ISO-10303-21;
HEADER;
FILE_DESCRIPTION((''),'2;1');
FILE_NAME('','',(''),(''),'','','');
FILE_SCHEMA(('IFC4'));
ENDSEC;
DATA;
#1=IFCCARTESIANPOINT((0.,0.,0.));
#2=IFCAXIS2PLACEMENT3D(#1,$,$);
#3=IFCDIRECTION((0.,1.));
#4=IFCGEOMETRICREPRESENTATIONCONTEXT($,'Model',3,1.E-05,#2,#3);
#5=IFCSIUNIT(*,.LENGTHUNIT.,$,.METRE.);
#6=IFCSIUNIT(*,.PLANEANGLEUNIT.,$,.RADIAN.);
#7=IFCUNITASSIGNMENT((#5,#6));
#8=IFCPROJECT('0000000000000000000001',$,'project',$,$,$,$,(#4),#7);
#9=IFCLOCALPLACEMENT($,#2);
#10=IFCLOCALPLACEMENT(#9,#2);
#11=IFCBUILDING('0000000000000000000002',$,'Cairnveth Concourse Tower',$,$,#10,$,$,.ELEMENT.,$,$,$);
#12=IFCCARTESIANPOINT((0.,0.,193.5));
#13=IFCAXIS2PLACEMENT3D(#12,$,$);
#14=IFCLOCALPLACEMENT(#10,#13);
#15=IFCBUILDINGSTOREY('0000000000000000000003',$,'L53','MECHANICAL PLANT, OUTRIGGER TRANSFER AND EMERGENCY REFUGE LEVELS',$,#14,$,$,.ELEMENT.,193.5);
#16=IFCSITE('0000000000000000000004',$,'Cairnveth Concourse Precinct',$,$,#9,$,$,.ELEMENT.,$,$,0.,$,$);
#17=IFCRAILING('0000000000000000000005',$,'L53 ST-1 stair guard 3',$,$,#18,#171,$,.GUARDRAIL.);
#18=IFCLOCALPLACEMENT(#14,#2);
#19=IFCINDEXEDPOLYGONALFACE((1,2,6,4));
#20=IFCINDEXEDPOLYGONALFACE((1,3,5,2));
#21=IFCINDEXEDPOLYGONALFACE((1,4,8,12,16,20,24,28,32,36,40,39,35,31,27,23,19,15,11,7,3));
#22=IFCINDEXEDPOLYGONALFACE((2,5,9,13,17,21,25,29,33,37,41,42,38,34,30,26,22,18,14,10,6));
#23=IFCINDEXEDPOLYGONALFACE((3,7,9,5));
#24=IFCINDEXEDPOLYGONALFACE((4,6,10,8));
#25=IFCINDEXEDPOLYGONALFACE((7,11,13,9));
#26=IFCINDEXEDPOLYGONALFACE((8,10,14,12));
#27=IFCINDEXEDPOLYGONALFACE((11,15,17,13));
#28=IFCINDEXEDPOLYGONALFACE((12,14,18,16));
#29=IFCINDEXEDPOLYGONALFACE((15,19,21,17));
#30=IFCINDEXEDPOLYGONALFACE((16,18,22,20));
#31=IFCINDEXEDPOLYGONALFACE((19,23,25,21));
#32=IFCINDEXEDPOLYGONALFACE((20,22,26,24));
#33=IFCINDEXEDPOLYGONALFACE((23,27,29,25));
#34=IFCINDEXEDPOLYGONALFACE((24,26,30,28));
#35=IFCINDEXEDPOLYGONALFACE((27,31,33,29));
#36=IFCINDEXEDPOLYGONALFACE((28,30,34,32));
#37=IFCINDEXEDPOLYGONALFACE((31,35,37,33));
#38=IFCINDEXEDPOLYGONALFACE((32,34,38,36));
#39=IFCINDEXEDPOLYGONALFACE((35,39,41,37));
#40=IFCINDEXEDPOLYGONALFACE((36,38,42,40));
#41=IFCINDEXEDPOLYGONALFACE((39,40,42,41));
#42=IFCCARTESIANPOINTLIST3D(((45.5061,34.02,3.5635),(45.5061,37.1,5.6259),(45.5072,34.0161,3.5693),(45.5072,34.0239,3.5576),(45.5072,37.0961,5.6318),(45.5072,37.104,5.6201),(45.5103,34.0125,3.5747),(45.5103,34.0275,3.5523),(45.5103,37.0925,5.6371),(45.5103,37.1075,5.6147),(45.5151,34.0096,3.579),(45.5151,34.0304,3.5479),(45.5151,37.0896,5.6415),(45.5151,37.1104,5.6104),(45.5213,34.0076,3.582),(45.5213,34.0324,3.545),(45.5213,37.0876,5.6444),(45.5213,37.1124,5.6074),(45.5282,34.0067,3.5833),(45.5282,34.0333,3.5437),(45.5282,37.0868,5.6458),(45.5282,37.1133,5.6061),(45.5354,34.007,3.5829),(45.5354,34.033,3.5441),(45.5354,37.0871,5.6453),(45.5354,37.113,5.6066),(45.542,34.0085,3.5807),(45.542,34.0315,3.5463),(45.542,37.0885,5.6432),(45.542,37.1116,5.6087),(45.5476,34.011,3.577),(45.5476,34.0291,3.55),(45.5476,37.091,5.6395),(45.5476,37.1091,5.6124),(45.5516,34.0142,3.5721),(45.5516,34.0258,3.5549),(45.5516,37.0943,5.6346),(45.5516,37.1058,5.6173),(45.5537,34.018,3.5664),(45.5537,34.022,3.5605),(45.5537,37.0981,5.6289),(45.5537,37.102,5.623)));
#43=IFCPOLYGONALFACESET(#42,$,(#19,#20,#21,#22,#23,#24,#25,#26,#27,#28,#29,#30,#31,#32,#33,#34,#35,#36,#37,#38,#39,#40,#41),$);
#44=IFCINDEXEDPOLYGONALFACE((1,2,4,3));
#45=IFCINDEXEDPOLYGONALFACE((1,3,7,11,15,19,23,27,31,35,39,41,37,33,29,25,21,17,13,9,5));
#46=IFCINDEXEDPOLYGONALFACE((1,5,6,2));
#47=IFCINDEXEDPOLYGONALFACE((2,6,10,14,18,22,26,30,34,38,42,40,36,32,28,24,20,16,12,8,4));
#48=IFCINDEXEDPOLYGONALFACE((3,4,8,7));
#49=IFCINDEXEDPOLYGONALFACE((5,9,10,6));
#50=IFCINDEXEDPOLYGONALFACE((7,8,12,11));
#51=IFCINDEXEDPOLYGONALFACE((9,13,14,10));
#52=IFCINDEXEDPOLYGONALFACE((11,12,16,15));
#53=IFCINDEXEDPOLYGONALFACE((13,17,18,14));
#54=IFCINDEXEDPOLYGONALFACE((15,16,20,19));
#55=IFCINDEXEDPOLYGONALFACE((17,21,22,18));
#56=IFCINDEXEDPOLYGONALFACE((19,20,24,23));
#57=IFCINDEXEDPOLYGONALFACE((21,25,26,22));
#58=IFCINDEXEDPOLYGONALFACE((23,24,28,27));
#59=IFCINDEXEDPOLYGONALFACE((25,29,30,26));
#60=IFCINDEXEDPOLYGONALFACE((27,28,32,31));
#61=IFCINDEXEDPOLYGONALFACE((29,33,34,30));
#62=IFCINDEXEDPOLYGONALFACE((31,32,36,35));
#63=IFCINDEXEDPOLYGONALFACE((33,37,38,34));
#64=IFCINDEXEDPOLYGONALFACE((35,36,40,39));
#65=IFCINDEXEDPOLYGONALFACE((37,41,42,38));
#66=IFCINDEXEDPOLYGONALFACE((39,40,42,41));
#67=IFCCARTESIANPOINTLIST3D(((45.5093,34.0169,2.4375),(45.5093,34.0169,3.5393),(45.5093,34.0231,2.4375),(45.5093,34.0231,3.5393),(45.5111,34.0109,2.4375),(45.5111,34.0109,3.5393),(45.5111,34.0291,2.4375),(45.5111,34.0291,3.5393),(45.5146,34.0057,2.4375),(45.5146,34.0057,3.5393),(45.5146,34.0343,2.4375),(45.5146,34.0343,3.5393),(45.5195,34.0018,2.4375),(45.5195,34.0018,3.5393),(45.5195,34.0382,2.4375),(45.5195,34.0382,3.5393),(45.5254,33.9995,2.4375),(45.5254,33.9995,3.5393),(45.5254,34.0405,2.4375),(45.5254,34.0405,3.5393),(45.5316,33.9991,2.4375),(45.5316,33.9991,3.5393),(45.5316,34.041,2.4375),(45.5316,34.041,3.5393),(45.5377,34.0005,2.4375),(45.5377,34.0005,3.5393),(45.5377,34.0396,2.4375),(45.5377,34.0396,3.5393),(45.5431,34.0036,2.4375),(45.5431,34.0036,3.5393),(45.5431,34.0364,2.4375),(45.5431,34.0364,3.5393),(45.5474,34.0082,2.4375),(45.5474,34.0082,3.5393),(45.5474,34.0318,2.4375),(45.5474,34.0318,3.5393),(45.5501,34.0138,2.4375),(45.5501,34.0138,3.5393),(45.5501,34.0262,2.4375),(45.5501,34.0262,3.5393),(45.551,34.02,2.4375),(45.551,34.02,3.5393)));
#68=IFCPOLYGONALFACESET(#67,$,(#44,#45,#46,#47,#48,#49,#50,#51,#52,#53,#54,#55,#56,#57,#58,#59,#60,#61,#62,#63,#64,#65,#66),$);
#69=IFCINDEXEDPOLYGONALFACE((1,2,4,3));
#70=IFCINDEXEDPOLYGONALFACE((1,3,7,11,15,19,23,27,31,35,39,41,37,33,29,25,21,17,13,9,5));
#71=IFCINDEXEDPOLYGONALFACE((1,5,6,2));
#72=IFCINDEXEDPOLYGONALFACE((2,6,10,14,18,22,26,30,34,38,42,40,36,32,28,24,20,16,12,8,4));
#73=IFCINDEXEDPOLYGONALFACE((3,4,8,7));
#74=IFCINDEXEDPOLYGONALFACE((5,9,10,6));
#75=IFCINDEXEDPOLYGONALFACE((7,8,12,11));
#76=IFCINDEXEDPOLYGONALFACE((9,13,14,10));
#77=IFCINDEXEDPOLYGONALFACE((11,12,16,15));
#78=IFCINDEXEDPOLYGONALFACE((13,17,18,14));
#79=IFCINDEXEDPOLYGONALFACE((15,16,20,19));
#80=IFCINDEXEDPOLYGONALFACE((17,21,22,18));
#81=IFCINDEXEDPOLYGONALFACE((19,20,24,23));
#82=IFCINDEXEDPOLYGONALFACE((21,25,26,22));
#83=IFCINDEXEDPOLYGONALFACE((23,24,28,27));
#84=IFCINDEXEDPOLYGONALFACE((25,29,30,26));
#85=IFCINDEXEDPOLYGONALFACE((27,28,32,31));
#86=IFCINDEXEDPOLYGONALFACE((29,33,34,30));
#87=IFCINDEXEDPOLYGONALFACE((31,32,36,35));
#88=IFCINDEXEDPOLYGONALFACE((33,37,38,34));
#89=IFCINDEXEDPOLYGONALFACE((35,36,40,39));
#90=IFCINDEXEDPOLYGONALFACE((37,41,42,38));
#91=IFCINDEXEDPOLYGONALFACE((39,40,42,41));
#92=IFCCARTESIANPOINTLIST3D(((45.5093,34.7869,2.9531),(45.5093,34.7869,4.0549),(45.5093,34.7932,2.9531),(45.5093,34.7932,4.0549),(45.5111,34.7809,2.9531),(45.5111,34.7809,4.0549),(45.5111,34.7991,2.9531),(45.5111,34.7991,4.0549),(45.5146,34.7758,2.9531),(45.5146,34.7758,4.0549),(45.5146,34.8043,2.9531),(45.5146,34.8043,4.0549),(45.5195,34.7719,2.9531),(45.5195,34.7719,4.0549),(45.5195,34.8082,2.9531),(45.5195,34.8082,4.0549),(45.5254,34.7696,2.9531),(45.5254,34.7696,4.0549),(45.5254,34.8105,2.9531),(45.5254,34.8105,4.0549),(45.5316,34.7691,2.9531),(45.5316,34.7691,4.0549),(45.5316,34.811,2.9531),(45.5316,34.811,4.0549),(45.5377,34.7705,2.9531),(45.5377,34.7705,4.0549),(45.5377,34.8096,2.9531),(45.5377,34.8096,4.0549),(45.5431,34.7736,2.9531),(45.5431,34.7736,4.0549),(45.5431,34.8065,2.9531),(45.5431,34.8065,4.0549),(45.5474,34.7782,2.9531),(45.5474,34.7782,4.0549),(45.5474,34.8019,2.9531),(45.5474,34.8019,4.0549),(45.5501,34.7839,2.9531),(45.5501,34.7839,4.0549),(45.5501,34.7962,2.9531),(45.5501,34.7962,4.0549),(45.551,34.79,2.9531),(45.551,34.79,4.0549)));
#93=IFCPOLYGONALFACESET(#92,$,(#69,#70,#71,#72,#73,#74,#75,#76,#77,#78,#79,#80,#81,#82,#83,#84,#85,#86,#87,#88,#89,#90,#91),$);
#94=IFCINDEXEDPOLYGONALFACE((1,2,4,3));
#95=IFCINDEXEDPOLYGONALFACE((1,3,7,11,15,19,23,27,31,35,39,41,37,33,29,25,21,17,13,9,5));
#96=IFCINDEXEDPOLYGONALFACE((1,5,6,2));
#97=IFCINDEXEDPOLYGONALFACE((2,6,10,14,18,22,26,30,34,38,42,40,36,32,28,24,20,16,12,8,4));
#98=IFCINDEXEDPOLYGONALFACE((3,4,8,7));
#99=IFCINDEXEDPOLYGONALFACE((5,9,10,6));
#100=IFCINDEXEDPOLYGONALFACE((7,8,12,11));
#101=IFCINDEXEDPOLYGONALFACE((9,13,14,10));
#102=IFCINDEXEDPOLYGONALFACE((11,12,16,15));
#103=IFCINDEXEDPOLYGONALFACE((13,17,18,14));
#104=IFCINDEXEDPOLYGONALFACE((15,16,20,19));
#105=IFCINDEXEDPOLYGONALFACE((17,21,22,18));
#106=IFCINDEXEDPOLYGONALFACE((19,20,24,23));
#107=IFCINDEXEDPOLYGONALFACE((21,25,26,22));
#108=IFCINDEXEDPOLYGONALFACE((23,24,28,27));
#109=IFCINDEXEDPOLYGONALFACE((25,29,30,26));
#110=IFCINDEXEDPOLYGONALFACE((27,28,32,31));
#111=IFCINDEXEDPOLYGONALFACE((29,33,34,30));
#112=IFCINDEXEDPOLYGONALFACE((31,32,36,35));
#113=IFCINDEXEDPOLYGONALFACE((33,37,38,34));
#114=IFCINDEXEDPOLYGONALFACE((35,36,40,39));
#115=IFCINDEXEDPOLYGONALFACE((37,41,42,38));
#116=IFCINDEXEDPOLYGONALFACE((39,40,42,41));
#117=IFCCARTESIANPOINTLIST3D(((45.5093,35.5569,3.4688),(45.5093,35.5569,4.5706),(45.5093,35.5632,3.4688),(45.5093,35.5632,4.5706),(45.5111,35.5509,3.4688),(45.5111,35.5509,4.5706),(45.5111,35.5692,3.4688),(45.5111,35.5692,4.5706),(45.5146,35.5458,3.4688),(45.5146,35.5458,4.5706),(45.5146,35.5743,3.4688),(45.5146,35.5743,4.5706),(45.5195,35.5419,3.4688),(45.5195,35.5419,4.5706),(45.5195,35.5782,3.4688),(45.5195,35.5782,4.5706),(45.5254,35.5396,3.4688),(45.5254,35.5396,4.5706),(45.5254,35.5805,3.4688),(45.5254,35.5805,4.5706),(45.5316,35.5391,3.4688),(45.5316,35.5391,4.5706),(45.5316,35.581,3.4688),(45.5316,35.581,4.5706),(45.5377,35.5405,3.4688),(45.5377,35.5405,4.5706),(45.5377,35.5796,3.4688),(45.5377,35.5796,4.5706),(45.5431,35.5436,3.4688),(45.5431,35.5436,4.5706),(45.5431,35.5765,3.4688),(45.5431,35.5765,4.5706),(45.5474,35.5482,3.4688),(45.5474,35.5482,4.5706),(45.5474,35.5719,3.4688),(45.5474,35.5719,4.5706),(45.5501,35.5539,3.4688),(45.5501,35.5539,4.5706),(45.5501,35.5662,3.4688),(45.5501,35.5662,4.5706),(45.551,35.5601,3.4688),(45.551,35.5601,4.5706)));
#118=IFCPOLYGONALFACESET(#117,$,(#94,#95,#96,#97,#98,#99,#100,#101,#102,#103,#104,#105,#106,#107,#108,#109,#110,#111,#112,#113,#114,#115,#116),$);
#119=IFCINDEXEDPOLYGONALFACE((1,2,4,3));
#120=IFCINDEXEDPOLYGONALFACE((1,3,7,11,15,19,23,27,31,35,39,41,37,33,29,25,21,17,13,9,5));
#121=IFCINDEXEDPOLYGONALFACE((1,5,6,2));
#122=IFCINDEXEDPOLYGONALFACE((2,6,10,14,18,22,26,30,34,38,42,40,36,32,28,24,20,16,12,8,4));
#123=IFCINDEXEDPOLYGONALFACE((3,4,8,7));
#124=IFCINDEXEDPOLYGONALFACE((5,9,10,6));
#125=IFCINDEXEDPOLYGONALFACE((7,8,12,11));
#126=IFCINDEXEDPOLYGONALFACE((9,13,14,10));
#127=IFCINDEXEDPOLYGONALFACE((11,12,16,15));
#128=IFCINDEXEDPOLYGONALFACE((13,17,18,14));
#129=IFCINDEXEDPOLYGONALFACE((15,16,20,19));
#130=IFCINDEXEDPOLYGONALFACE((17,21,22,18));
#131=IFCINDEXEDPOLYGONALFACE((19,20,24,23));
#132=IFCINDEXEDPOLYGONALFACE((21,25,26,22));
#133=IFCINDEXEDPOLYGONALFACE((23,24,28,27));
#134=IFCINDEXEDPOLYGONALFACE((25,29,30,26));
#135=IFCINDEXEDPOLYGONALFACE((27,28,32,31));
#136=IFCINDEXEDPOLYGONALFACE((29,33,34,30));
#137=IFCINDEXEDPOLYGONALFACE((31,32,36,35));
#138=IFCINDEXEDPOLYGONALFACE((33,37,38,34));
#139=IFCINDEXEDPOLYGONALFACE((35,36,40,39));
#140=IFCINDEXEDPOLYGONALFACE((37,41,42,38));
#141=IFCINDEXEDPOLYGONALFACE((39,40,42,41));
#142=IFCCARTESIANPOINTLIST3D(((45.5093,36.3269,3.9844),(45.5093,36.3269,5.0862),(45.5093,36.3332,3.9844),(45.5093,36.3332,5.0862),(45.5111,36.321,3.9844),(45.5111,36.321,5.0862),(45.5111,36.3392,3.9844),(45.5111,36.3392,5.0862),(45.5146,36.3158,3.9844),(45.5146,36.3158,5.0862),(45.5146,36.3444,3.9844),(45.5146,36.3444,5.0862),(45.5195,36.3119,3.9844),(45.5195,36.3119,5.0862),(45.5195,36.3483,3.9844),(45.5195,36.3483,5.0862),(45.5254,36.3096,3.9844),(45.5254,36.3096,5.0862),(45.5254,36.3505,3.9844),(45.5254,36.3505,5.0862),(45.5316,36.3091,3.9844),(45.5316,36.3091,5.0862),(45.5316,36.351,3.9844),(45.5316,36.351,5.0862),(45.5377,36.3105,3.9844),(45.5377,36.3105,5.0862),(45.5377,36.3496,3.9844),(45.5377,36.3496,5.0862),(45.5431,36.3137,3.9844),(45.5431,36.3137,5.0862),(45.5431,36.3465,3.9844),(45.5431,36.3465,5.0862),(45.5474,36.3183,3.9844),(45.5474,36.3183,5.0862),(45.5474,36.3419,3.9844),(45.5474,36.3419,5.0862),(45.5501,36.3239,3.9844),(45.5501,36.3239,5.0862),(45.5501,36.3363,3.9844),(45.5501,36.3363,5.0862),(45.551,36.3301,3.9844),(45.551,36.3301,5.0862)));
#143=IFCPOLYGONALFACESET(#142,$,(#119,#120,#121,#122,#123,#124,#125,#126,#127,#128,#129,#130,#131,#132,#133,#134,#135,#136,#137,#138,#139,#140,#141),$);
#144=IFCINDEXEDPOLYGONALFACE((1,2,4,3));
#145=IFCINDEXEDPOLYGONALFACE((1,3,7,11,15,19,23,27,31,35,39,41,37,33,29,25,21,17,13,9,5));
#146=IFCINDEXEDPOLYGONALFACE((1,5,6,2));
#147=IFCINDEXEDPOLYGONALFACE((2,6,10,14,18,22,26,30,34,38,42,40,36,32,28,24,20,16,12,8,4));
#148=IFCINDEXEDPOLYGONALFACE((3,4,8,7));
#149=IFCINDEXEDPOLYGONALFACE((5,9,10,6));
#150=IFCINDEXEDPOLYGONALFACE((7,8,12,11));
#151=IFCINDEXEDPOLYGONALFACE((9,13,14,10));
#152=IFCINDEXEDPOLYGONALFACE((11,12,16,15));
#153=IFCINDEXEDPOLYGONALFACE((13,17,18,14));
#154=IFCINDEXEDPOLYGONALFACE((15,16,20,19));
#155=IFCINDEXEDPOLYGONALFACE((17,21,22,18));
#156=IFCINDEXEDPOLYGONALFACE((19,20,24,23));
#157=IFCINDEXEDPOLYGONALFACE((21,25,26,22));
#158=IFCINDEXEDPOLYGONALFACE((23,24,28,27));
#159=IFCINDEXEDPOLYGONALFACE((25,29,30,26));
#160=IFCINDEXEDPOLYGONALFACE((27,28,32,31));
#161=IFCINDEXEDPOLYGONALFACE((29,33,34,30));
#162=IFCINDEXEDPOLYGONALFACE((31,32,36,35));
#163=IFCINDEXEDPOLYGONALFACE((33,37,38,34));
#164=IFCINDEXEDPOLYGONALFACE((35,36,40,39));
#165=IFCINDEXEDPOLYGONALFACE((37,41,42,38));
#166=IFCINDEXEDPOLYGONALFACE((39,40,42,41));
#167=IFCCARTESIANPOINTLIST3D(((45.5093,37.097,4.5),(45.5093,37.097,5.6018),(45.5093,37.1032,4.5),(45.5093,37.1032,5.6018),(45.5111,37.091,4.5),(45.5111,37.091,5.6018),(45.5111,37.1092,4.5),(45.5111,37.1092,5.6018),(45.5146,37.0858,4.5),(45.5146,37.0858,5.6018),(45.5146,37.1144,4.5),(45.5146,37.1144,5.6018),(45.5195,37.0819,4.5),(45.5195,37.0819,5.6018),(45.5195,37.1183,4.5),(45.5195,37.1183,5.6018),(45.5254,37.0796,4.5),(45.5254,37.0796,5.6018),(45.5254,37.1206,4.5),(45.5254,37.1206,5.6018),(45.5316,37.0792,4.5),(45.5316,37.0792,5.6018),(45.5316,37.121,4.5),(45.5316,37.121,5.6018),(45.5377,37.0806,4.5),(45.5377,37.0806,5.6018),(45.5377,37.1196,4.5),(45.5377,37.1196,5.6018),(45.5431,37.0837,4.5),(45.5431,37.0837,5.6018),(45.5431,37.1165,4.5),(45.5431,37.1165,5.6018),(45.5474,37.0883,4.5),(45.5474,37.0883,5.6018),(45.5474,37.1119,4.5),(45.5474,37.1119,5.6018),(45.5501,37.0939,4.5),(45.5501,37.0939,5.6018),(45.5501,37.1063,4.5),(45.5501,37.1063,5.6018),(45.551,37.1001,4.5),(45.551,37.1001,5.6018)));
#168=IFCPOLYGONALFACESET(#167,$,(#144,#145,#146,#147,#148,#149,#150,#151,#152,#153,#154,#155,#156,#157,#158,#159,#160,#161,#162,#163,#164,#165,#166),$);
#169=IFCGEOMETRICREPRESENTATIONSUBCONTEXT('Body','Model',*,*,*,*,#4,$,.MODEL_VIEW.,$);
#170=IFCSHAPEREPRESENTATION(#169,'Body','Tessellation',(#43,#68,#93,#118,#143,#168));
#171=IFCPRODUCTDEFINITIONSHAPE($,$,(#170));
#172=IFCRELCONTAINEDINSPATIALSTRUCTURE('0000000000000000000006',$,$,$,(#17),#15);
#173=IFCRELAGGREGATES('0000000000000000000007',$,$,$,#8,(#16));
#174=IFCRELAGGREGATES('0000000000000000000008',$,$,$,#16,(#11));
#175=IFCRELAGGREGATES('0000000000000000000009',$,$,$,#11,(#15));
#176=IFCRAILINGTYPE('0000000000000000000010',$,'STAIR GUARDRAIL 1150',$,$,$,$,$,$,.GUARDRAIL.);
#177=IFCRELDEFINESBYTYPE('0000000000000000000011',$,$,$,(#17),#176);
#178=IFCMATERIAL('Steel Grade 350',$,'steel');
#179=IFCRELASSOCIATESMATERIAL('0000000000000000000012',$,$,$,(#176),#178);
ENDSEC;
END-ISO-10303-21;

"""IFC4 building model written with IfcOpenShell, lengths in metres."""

from ifc_helpers import new_model, si_unit, direction, frame, origin, origin_2d, place, context, subcontext, project, spatial, circle, extrude, material, type_object, element, save


model = new_model("IFC4")

# Units and contexts
model_context = context("Model", 3, precision=1e-05, world=origin(), true_north=direction((0.0, 1.0)))
body_context = subcontext(model_context, "Body", "Model", "MODEL_VIEW")
ifc_project = project(units=[si_unit("LENGTHUNIT", "METRE"), si_unit("PLANEANGLEUNIT", "RADIAN")], contexts=[model_context])

# Site, building, storey
site_placement = place(None, origin())
site = spatial("IfcSite", under=ifc_project, at=site_placement, Name="Cairnveth Concourse Precinct", CompositionType="ELEMENT", RefElevation=0.0)
building_placement = place(site_placement, origin())
building = spatial("IfcBuilding", under=site, at=building_placement, Name="Cairnveth Concourse Tower", CompositionType="ELEMENT")
storey_placement = place(building_placement, frame((0.0, 0.0, 193.5)))
storey = spatial("IfcBuildingStorey", under=building, at=storey_placement, Name="L53", Description="MECHANICAL PLANT, OUTRIGGER TRANSFER AND EMERGENCY REFUGE LEVELS", CompositionType="ELEMENT", Elevation=193.5)

# Shared definitions
ifc_material_1 = material(Name="Steel Grade 350", Category="steel")

# Railing
railing_type_1 = type_object("IfcRailingType", Name="STAIR GUARDRAIL 1150", PredefinedType="GUARDRAIL", material=ifc_material_1)
railing_1_placement = place(storey_placement, frame((45.53, 34.02, 2.4375)))
element("IfcRailing", 1, at=railing_1_placement, inside=storey, type_object=railing_type_1, Name="L53 ST-1 stair guard 3", PredefinedType="GUARDRAIL", context=body_context, shape_type="SweptSolid", body=[
    extrude(circle(Radius=0.0239, at=origin_2d()), frame((0.0, 0.0, 1.126), z_axis=(0.0, 0.830914, 0.556401), x_axis=(-1.0, 0.0, 0.0)), (0.0, 0.0, 1.0), 3.7068),
    extrude(circle(Radius=0.021, at=origin_2d()), origin(), (0.0, 0.0, 1.0), 1.1018),
    extrude(circle(Radius=0.021, at=origin_2d()), frame((0.0, 0.77, 0.5156)), (0.0, 0.0, 1.0), 1.1018),
    extrude(circle(Radius=0.021, at=origin_2d()), frame((0.0, 1.54, 1.0312)), (0.0, 0.0, 1.0), 1.1018),
    extrude(circle(Radius=0.021, at=origin_2d()), frame((0.0, 2.3101, 1.5469)), (0.0, 0.0, 1.0), 1.1018),
    extrude(circle(Radius=0.021, at=origin_2d()), frame((0.0, 3.0801, 2.0625)), (0.0, 0.0, 1.0), 1.1018),
])

save(model, "model.ifc")
